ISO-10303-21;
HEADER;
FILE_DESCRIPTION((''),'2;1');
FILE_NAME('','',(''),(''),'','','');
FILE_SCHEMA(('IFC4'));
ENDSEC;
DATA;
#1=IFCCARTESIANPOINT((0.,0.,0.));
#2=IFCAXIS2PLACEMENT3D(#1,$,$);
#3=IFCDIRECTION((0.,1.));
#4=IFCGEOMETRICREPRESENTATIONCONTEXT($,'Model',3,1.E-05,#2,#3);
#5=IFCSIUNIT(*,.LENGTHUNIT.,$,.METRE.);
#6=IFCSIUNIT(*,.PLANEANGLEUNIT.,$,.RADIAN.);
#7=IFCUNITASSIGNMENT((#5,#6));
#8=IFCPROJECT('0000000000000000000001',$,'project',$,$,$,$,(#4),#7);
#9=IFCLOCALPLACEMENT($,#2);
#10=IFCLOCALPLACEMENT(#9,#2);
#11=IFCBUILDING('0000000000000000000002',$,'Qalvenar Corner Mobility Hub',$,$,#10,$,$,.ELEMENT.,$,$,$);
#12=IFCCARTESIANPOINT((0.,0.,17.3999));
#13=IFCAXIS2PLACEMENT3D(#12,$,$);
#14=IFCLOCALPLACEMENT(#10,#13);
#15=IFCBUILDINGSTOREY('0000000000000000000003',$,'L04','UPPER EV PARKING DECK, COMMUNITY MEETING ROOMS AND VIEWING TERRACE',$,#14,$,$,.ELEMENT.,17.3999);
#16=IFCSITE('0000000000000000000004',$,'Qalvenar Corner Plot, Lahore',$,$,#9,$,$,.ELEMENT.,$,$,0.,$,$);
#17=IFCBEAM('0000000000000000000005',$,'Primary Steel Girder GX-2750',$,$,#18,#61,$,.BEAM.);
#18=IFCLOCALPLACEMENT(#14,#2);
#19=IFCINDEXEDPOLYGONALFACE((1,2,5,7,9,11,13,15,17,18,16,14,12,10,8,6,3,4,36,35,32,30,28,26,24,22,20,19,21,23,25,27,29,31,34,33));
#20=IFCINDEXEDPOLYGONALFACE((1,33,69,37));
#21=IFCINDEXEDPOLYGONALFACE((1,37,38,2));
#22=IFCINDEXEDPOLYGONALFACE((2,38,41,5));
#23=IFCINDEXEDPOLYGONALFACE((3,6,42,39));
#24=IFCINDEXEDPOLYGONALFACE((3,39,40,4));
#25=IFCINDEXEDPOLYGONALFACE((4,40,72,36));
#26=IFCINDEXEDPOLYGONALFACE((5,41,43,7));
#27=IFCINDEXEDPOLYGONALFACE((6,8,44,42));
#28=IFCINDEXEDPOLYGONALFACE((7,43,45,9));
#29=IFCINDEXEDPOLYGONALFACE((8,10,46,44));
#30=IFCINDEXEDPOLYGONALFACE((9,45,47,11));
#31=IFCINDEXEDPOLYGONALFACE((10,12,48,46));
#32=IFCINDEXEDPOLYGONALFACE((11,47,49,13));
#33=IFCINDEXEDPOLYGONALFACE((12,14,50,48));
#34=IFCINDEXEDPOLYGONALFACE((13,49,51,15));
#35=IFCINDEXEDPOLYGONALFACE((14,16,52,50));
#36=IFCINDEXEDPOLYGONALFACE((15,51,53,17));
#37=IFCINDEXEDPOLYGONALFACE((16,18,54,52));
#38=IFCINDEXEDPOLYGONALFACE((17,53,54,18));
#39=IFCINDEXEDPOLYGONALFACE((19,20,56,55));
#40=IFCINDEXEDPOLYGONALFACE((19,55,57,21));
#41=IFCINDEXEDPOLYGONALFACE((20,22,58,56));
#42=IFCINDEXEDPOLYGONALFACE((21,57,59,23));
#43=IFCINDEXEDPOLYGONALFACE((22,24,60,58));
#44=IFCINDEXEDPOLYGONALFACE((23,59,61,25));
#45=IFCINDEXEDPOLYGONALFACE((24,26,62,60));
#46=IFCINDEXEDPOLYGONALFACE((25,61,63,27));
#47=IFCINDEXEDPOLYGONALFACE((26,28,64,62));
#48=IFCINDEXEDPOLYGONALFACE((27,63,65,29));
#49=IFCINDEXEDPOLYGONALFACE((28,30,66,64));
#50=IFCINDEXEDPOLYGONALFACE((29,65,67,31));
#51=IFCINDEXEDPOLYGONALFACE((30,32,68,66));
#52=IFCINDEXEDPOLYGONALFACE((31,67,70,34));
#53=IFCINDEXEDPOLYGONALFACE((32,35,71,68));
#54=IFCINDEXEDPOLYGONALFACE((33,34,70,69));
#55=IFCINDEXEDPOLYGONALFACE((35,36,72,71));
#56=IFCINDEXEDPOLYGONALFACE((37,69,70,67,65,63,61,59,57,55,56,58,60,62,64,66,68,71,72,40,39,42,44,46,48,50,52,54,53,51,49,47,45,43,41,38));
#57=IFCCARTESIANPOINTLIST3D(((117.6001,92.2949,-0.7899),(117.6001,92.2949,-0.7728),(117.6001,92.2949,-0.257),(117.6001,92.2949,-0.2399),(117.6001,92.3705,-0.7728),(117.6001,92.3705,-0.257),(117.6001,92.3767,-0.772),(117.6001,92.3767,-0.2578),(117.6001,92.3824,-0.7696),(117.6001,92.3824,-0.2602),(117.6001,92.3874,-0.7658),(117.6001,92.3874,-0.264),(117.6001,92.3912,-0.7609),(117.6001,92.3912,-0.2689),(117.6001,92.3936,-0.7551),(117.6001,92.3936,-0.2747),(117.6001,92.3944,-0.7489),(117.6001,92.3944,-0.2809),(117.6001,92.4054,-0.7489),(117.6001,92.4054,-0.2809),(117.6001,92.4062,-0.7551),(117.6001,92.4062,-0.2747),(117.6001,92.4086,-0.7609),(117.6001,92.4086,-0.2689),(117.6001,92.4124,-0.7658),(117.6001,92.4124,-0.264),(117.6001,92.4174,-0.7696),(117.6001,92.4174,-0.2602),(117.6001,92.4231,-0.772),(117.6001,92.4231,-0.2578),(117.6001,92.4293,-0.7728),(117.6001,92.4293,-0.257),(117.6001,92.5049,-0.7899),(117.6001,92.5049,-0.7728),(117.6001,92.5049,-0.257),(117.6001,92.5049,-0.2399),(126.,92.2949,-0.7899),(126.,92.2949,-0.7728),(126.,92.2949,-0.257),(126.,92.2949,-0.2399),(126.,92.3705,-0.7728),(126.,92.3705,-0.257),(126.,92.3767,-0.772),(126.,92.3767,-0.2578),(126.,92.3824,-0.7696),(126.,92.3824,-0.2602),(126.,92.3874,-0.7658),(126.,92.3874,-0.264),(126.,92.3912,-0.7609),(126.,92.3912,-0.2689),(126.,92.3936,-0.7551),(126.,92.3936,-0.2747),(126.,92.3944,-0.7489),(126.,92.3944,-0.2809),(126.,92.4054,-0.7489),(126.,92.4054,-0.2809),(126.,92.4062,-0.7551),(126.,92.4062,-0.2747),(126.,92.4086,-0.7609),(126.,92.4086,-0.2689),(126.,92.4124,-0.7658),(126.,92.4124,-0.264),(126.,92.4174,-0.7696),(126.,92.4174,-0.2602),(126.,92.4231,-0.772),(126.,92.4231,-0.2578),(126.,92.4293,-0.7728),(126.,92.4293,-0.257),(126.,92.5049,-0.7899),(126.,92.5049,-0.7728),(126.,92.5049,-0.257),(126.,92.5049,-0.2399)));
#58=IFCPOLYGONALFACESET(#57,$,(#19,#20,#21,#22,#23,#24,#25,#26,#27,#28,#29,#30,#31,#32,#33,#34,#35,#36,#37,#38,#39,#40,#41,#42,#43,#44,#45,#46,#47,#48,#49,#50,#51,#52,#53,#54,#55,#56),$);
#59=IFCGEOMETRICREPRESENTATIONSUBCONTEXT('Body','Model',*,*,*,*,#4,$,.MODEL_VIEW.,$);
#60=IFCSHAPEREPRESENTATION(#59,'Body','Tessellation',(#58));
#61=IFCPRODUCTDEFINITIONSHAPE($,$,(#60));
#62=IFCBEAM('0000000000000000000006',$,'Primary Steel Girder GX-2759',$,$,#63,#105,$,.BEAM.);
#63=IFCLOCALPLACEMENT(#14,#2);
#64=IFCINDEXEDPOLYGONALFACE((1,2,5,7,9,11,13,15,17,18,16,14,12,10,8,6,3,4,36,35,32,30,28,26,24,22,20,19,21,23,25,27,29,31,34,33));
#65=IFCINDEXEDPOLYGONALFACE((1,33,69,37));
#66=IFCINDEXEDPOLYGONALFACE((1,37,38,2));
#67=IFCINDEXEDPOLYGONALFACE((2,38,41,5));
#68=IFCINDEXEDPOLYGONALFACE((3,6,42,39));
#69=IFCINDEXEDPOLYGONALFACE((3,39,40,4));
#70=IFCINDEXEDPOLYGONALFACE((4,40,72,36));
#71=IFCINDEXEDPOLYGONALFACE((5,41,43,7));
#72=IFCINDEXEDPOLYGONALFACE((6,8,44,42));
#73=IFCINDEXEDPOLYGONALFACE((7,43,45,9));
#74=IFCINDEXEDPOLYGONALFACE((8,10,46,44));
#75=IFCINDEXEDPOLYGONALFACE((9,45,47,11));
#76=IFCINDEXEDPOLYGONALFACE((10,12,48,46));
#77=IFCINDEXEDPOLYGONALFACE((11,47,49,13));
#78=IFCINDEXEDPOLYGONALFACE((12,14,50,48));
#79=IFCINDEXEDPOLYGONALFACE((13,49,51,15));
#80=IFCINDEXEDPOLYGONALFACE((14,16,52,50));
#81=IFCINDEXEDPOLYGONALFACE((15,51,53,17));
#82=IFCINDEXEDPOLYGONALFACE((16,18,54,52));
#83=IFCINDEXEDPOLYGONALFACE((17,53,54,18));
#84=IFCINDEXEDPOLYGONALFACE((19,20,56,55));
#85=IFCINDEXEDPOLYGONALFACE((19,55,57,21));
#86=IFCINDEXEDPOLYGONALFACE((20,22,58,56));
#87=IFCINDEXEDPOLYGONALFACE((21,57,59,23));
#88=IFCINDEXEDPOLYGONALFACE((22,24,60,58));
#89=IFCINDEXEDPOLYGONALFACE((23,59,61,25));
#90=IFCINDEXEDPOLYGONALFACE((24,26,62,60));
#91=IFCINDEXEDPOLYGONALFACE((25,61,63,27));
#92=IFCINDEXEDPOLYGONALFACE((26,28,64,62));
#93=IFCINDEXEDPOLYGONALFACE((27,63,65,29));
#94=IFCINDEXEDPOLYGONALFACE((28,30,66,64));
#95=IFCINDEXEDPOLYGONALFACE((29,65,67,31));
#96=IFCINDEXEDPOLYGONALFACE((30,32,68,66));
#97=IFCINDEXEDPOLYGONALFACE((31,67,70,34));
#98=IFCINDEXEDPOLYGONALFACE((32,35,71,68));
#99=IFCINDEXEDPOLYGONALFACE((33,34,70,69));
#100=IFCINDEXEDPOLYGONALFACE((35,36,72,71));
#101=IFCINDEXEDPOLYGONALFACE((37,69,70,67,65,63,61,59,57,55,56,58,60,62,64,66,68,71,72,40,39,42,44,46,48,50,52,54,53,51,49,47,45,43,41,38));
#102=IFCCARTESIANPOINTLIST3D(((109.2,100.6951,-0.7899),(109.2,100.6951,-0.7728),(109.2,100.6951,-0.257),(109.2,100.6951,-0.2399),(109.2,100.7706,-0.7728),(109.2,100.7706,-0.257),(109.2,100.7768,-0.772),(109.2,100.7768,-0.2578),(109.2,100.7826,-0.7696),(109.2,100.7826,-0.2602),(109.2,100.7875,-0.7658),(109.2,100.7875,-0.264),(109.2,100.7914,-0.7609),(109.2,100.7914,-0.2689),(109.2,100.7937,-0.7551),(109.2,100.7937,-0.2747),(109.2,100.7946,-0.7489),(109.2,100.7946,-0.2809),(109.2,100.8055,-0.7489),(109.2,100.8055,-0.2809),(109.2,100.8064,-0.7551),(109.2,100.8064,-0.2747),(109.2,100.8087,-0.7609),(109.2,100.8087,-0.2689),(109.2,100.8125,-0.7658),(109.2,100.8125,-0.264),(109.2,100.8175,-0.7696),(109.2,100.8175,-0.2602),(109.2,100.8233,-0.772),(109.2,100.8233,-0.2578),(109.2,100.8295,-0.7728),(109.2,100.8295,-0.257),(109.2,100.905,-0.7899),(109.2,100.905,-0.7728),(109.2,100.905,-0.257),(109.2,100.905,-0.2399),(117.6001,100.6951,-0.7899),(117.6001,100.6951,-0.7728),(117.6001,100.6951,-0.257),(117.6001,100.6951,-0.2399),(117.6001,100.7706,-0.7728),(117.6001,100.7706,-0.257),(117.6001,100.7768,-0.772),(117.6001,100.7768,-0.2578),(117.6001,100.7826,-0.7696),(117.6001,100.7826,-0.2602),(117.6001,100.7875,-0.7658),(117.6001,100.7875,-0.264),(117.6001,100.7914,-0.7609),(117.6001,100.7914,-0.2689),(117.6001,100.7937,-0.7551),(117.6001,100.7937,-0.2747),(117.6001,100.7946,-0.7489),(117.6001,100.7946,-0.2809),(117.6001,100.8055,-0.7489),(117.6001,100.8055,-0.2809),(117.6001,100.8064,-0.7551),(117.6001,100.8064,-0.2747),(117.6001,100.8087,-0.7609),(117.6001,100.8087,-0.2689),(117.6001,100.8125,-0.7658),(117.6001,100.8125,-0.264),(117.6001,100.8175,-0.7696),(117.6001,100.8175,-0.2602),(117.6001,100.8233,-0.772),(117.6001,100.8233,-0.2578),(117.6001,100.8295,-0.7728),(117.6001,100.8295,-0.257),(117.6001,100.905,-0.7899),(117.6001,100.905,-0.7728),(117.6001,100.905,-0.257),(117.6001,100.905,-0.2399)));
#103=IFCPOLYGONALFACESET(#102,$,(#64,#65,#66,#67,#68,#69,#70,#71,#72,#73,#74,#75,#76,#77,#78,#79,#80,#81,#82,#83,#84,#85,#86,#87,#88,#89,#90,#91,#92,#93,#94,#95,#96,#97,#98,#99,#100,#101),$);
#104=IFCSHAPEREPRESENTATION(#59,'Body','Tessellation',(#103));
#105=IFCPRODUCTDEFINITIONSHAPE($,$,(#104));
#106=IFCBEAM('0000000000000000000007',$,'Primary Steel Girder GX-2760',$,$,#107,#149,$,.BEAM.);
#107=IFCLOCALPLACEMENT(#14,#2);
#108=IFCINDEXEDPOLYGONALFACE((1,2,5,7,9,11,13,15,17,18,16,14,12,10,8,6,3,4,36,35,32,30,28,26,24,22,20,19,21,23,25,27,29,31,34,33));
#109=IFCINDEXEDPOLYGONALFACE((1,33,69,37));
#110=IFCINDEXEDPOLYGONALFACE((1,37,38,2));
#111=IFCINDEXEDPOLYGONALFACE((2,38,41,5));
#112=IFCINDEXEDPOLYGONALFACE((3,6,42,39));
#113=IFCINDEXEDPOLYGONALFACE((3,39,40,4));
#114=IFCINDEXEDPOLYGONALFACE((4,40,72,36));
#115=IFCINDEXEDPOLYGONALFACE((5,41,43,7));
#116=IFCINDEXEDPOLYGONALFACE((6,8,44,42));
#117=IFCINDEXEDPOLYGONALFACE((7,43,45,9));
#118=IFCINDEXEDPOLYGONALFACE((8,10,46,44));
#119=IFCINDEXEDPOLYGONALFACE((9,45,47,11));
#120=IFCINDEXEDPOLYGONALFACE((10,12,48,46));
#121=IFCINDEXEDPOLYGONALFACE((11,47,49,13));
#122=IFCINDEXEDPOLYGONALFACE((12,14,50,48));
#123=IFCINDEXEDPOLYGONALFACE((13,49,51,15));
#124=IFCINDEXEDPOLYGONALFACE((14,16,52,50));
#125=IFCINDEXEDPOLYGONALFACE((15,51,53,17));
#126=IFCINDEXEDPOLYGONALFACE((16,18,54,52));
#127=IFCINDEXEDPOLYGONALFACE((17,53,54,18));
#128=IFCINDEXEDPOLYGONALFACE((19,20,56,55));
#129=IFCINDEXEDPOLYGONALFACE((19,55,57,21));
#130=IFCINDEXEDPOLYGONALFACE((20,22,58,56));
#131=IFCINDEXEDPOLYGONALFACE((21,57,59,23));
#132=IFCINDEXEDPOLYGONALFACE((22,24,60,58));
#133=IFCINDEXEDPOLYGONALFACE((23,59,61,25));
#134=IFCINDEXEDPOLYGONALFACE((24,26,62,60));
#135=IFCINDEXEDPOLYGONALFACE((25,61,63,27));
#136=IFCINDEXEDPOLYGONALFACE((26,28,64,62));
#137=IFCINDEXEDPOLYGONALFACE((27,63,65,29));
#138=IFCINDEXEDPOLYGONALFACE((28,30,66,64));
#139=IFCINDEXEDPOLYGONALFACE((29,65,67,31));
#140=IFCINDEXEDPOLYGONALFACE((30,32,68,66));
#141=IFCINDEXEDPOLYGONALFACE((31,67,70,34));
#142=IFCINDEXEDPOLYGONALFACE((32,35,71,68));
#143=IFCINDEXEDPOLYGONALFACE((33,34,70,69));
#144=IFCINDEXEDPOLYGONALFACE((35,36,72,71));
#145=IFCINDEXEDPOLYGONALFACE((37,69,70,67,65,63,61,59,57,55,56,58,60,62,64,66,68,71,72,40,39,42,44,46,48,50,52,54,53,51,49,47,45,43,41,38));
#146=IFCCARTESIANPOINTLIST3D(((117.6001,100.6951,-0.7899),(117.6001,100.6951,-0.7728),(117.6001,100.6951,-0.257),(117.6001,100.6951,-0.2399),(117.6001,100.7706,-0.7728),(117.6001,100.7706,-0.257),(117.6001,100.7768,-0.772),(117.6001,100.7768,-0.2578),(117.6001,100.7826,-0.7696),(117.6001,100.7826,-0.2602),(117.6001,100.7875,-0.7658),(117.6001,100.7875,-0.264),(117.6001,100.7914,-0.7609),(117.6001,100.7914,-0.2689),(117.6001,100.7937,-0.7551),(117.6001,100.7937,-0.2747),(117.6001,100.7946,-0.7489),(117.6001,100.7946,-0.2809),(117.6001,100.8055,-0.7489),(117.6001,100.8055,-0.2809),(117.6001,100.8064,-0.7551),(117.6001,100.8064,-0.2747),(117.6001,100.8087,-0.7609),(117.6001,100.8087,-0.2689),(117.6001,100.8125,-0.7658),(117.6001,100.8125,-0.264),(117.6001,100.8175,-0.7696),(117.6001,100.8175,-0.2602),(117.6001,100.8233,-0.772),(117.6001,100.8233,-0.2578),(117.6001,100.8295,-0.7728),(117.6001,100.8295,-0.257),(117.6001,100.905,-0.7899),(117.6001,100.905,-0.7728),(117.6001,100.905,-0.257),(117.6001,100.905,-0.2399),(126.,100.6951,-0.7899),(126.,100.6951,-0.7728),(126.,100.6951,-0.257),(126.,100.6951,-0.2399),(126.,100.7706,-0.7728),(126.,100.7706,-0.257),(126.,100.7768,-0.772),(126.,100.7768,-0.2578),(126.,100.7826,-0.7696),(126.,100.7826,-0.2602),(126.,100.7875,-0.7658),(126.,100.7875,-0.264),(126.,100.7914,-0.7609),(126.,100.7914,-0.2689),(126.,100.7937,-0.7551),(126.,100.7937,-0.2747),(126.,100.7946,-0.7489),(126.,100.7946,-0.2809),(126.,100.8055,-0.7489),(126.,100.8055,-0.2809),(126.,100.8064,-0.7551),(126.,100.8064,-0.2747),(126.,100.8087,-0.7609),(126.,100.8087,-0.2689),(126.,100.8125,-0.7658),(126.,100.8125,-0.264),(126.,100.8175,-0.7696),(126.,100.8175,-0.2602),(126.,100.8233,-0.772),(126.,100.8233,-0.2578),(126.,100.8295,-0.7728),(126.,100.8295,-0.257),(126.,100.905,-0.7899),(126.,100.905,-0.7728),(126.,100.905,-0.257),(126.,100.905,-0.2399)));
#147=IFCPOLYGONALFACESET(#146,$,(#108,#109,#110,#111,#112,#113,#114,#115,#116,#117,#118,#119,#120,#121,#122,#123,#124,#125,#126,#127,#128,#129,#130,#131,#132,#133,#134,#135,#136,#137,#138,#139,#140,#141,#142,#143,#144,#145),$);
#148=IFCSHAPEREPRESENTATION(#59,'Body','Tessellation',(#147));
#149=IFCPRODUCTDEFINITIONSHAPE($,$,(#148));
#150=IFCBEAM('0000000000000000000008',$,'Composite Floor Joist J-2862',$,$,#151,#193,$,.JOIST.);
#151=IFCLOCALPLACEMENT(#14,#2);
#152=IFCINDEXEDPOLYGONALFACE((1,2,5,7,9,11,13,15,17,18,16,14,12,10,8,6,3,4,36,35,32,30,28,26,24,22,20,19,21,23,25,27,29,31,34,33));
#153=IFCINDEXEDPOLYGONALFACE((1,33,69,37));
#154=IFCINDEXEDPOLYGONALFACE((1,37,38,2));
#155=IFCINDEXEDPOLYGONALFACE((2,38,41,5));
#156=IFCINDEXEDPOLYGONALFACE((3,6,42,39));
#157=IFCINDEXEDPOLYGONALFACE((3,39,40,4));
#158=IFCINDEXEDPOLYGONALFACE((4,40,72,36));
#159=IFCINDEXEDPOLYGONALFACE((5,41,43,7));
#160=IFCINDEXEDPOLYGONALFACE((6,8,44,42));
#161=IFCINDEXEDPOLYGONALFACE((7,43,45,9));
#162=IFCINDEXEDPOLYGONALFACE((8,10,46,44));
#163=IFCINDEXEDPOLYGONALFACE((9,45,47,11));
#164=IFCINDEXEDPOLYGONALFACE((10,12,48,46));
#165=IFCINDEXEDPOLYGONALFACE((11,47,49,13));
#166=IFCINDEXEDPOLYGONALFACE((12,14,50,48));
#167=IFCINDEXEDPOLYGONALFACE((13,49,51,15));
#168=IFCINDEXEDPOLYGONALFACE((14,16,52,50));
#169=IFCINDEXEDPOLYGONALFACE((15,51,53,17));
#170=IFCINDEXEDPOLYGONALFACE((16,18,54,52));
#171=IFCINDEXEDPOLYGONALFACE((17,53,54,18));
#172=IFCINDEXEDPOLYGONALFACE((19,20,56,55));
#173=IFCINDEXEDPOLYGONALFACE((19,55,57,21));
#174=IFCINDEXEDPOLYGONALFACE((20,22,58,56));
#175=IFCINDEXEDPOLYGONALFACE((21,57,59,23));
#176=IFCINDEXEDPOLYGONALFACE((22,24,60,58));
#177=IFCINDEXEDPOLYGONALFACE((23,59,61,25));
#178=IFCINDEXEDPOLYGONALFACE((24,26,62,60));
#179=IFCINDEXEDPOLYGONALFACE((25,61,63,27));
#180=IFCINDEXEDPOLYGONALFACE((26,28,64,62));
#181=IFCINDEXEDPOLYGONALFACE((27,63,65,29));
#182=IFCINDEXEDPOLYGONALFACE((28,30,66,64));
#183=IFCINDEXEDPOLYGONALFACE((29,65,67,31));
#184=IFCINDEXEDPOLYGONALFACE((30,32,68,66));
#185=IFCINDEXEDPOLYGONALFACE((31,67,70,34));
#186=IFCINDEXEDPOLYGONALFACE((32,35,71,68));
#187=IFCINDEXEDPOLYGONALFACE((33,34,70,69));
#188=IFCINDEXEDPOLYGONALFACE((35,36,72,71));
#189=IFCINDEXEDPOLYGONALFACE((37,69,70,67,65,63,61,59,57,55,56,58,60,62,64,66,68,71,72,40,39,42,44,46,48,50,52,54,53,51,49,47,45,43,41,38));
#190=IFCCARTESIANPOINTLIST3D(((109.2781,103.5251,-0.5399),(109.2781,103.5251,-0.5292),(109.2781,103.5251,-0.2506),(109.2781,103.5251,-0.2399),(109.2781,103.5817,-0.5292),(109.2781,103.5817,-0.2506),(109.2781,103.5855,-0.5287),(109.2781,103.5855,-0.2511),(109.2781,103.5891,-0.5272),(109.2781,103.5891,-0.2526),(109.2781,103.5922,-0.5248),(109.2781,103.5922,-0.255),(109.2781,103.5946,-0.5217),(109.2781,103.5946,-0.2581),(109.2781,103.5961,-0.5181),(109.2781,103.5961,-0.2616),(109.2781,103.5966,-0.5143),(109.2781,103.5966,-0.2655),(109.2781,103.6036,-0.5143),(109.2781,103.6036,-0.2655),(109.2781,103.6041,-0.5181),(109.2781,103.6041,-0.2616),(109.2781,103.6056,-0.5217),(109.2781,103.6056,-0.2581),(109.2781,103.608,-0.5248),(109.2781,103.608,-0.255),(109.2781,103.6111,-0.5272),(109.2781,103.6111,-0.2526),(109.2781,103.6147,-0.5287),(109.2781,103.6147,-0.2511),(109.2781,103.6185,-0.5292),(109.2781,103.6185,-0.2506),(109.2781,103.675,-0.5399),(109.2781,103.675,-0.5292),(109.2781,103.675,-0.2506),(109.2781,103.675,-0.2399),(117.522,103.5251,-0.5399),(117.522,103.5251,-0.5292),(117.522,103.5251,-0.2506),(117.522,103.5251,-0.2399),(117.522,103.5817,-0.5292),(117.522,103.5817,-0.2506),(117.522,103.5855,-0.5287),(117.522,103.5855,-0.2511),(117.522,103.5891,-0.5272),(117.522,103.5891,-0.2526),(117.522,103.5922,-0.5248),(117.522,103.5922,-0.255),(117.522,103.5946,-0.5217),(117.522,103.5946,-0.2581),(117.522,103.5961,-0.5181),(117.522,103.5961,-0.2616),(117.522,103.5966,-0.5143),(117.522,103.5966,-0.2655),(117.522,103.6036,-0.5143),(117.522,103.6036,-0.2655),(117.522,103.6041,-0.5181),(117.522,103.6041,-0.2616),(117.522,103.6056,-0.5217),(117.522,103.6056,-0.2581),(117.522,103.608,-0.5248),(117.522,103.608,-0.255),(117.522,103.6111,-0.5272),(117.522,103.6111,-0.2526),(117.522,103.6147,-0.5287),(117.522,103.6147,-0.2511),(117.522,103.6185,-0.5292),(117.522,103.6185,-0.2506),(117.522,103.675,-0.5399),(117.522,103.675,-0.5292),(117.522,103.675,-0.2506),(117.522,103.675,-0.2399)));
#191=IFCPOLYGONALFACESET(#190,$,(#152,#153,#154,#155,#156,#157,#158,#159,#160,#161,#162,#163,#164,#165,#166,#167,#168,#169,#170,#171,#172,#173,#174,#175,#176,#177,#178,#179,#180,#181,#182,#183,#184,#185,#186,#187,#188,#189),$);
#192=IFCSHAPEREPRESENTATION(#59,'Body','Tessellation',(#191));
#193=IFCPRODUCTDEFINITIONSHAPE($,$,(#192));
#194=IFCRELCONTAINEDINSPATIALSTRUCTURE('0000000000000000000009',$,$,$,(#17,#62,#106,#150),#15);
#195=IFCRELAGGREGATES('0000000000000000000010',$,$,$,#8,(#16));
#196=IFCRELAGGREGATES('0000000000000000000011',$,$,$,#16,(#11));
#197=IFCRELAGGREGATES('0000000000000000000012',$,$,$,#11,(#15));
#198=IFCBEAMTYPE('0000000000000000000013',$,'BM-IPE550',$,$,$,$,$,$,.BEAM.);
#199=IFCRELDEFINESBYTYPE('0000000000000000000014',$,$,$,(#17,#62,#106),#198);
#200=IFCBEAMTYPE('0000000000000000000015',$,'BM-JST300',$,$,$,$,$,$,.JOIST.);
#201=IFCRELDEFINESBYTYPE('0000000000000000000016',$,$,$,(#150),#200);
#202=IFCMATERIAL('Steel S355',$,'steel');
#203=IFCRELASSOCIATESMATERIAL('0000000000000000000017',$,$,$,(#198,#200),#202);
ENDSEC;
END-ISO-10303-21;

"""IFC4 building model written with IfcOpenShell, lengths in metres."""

from ifc_helpers import new_model, si_unit, direction, frame, origin, origin_2d, place, context, subcontext, project, spatial, i_section, extrude, material, material_profile, profile_set, type_object, element, save


model = new_model("IFC4")

# Units and contexts
model_context = context("Model", 3, precision=1e-05, world=origin(), true_north=direction((0.0, 1.0)))
body_context = subcontext(model_context, "Body", "Model", "MODEL_VIEW")
ifc_project = project(units=[si_unit("LENGTHUNIT", "METRE"), si_unit("PLANEANGLEUNIT", "RADIAN")], contexts=[model_context])

# Site, building, storey
site_placement = place(None, origin())
site = spatial("IfcSite", under=ifc_project, at=site_placement, Name="Qalvenar Corner Plot, Lahore", CompositionType="ELEMENT", RefElevation=0.0)
building_placement = place(site_placement, origin())
building = spatial("IfcBuilding", under=site, at=building_placement, Name="Qalvenar Corner Mobility Hub", CompositionType="ELEMENT")
storey_placement = place(building_placement, frame((0.0, 0.0, 17.3999)))
storey = spatial("IfcBuildingStorey", under=building, at=storey_placement, Name="L04", Description="UPPER EV PARKING DECK, COMMUNITY MEETING ROOMS AND VIEWING TERRACE", CompositionType="ELEMENT", Elevation=17.3999)

# Shared definitions
ifc_material = material(Name="Steel S355", Category="steel")

# Beams
ifc_material_profile_1 = material_profile(ifc_material, i_section(OverallWidth=0.21, OverallDepth=0.55, WebThickness=0.011, FlangeThickness=0.0171, FilletRadius=0.0239, at=origin_2d()), Name="IPE550")
ifc_profile_set_1 = profile_set([ifc_material_profile_1], Name="Steel S355")
beam_type_1 = type_object("IfcBeamType", Name="BM-IPE550", PredefinedType="BEAM", material=ifc_profile_set_1)
for number, where, z_axis, x_axis, name in (
    (1, (117.6001, 92.3999, -0.5149), (1.0, 0.0, 0.0), (0.0, 1.0, 0.0), "Primary Steel Girder GX-2750"),
):
    element("IfcBeam", number, at=place(storey_placement, frame(where, z_axis=z_axis, x_axis=x_axis)), inside=storey, type_object=beam_type_1, Name=name, PredefinedType="BEAM", context=body_context, shape_type="SweptSolid", body=[
        extrude(i_section(OverallWidth=0.21, OverallDepth=0.55, WebThickness=0.011, FlangeThickness=0.0171, FilletRadius=0.0239, at=origin_2d()), origin(), (0.0, 0.0, 1.0), 8.3999),
    ])
beam_1_placement = place(storey_placement, frame((109.2, 100.8, -0.5149), z_axis=(1.0, 0.0, 0.0), x_axis=(0.0, 1.0, 0.0)))
element("IfcBeam", 2, at=beam_1_placement, inside=storey, type_object=beam_type_1, Name="Primary Steel Girder GX-2759", PredefinedType="BEAM", context=body_context, shape_type="SweptSolid", body=[
    extrude(i_section(OverallWidth=0.21, OverallDepth=0.55, WebThickness=0.011, FlangeThickness=0.0171, FilletRadius=0.0239, at=origin_2d()), origin(), (0.0, 0.0, 1.0), 8.4001),
])
beam_2_placement = place(storey_placement, frame((117.6001, 100.8, -0.5149), z_axis=(1.0, 0.0, 0.0), x_axis=(0.0, 1.0, 0.0)))
element("IfcBeam", 3, at=beam_2_placement, inside=storey, type_object=beam_type_1, Name="Primary Steel Girder GX-2760", PredefinedType="BEAM", context=body_context, shape_type="SweptSolid", body=[
    extrude(i_section(OverallWidth=0.21, OverallDepth=0.55, WebThickness=0.011, FlangeThickness=0.0171, FilletRadius=0.0239, at=origin_2d()), origin(), (0.0, 0.0, 1.0), 8.3999),
])
ifc_material_profile_2 = material_profile(ifc_material, i_section(OverallWidth=0.1499, OverallDepth=0.3, WebThickness=0.0071, FlangeThickness=0.0107, FilletRadius=0.0149, at=origin_2d()), Name="IPE300")
ifc_profile_set_2 = profile_set([ifc_material_profile_2], Name="Steel S355")
beam_type_2 = type_object("IfcBeamType", Name="BM-JST300", PredefinedType="JOIST", material=ifc_profile_set_2)
beam_3_placement = place(storey_placement, frame((109.2781, 103.6001, -0.3899), z_axis=(1.0, 0.0, 0.0), x_axis=(0.0, 1.0, 0.0)))
element("IfcBeam", 4, at=beam_3_placement, inside=storey, type_object=beam_type_2, Name="Composite Floor Joist J-2862", PredefinedType="JOIST", context=body_context, shape_type="SweptSolid", body=[
    extrude(i_section(OverallWidth=0.1499, OverallDepth=0.3, WebThickness=0.0071, FlangeThickness=0.0107, FilletRadius=0.0149, at=origin_2d()), origin(), (0.0, 0.0, 1.0), 8.2439),
])

save(model, "model.ifc")
